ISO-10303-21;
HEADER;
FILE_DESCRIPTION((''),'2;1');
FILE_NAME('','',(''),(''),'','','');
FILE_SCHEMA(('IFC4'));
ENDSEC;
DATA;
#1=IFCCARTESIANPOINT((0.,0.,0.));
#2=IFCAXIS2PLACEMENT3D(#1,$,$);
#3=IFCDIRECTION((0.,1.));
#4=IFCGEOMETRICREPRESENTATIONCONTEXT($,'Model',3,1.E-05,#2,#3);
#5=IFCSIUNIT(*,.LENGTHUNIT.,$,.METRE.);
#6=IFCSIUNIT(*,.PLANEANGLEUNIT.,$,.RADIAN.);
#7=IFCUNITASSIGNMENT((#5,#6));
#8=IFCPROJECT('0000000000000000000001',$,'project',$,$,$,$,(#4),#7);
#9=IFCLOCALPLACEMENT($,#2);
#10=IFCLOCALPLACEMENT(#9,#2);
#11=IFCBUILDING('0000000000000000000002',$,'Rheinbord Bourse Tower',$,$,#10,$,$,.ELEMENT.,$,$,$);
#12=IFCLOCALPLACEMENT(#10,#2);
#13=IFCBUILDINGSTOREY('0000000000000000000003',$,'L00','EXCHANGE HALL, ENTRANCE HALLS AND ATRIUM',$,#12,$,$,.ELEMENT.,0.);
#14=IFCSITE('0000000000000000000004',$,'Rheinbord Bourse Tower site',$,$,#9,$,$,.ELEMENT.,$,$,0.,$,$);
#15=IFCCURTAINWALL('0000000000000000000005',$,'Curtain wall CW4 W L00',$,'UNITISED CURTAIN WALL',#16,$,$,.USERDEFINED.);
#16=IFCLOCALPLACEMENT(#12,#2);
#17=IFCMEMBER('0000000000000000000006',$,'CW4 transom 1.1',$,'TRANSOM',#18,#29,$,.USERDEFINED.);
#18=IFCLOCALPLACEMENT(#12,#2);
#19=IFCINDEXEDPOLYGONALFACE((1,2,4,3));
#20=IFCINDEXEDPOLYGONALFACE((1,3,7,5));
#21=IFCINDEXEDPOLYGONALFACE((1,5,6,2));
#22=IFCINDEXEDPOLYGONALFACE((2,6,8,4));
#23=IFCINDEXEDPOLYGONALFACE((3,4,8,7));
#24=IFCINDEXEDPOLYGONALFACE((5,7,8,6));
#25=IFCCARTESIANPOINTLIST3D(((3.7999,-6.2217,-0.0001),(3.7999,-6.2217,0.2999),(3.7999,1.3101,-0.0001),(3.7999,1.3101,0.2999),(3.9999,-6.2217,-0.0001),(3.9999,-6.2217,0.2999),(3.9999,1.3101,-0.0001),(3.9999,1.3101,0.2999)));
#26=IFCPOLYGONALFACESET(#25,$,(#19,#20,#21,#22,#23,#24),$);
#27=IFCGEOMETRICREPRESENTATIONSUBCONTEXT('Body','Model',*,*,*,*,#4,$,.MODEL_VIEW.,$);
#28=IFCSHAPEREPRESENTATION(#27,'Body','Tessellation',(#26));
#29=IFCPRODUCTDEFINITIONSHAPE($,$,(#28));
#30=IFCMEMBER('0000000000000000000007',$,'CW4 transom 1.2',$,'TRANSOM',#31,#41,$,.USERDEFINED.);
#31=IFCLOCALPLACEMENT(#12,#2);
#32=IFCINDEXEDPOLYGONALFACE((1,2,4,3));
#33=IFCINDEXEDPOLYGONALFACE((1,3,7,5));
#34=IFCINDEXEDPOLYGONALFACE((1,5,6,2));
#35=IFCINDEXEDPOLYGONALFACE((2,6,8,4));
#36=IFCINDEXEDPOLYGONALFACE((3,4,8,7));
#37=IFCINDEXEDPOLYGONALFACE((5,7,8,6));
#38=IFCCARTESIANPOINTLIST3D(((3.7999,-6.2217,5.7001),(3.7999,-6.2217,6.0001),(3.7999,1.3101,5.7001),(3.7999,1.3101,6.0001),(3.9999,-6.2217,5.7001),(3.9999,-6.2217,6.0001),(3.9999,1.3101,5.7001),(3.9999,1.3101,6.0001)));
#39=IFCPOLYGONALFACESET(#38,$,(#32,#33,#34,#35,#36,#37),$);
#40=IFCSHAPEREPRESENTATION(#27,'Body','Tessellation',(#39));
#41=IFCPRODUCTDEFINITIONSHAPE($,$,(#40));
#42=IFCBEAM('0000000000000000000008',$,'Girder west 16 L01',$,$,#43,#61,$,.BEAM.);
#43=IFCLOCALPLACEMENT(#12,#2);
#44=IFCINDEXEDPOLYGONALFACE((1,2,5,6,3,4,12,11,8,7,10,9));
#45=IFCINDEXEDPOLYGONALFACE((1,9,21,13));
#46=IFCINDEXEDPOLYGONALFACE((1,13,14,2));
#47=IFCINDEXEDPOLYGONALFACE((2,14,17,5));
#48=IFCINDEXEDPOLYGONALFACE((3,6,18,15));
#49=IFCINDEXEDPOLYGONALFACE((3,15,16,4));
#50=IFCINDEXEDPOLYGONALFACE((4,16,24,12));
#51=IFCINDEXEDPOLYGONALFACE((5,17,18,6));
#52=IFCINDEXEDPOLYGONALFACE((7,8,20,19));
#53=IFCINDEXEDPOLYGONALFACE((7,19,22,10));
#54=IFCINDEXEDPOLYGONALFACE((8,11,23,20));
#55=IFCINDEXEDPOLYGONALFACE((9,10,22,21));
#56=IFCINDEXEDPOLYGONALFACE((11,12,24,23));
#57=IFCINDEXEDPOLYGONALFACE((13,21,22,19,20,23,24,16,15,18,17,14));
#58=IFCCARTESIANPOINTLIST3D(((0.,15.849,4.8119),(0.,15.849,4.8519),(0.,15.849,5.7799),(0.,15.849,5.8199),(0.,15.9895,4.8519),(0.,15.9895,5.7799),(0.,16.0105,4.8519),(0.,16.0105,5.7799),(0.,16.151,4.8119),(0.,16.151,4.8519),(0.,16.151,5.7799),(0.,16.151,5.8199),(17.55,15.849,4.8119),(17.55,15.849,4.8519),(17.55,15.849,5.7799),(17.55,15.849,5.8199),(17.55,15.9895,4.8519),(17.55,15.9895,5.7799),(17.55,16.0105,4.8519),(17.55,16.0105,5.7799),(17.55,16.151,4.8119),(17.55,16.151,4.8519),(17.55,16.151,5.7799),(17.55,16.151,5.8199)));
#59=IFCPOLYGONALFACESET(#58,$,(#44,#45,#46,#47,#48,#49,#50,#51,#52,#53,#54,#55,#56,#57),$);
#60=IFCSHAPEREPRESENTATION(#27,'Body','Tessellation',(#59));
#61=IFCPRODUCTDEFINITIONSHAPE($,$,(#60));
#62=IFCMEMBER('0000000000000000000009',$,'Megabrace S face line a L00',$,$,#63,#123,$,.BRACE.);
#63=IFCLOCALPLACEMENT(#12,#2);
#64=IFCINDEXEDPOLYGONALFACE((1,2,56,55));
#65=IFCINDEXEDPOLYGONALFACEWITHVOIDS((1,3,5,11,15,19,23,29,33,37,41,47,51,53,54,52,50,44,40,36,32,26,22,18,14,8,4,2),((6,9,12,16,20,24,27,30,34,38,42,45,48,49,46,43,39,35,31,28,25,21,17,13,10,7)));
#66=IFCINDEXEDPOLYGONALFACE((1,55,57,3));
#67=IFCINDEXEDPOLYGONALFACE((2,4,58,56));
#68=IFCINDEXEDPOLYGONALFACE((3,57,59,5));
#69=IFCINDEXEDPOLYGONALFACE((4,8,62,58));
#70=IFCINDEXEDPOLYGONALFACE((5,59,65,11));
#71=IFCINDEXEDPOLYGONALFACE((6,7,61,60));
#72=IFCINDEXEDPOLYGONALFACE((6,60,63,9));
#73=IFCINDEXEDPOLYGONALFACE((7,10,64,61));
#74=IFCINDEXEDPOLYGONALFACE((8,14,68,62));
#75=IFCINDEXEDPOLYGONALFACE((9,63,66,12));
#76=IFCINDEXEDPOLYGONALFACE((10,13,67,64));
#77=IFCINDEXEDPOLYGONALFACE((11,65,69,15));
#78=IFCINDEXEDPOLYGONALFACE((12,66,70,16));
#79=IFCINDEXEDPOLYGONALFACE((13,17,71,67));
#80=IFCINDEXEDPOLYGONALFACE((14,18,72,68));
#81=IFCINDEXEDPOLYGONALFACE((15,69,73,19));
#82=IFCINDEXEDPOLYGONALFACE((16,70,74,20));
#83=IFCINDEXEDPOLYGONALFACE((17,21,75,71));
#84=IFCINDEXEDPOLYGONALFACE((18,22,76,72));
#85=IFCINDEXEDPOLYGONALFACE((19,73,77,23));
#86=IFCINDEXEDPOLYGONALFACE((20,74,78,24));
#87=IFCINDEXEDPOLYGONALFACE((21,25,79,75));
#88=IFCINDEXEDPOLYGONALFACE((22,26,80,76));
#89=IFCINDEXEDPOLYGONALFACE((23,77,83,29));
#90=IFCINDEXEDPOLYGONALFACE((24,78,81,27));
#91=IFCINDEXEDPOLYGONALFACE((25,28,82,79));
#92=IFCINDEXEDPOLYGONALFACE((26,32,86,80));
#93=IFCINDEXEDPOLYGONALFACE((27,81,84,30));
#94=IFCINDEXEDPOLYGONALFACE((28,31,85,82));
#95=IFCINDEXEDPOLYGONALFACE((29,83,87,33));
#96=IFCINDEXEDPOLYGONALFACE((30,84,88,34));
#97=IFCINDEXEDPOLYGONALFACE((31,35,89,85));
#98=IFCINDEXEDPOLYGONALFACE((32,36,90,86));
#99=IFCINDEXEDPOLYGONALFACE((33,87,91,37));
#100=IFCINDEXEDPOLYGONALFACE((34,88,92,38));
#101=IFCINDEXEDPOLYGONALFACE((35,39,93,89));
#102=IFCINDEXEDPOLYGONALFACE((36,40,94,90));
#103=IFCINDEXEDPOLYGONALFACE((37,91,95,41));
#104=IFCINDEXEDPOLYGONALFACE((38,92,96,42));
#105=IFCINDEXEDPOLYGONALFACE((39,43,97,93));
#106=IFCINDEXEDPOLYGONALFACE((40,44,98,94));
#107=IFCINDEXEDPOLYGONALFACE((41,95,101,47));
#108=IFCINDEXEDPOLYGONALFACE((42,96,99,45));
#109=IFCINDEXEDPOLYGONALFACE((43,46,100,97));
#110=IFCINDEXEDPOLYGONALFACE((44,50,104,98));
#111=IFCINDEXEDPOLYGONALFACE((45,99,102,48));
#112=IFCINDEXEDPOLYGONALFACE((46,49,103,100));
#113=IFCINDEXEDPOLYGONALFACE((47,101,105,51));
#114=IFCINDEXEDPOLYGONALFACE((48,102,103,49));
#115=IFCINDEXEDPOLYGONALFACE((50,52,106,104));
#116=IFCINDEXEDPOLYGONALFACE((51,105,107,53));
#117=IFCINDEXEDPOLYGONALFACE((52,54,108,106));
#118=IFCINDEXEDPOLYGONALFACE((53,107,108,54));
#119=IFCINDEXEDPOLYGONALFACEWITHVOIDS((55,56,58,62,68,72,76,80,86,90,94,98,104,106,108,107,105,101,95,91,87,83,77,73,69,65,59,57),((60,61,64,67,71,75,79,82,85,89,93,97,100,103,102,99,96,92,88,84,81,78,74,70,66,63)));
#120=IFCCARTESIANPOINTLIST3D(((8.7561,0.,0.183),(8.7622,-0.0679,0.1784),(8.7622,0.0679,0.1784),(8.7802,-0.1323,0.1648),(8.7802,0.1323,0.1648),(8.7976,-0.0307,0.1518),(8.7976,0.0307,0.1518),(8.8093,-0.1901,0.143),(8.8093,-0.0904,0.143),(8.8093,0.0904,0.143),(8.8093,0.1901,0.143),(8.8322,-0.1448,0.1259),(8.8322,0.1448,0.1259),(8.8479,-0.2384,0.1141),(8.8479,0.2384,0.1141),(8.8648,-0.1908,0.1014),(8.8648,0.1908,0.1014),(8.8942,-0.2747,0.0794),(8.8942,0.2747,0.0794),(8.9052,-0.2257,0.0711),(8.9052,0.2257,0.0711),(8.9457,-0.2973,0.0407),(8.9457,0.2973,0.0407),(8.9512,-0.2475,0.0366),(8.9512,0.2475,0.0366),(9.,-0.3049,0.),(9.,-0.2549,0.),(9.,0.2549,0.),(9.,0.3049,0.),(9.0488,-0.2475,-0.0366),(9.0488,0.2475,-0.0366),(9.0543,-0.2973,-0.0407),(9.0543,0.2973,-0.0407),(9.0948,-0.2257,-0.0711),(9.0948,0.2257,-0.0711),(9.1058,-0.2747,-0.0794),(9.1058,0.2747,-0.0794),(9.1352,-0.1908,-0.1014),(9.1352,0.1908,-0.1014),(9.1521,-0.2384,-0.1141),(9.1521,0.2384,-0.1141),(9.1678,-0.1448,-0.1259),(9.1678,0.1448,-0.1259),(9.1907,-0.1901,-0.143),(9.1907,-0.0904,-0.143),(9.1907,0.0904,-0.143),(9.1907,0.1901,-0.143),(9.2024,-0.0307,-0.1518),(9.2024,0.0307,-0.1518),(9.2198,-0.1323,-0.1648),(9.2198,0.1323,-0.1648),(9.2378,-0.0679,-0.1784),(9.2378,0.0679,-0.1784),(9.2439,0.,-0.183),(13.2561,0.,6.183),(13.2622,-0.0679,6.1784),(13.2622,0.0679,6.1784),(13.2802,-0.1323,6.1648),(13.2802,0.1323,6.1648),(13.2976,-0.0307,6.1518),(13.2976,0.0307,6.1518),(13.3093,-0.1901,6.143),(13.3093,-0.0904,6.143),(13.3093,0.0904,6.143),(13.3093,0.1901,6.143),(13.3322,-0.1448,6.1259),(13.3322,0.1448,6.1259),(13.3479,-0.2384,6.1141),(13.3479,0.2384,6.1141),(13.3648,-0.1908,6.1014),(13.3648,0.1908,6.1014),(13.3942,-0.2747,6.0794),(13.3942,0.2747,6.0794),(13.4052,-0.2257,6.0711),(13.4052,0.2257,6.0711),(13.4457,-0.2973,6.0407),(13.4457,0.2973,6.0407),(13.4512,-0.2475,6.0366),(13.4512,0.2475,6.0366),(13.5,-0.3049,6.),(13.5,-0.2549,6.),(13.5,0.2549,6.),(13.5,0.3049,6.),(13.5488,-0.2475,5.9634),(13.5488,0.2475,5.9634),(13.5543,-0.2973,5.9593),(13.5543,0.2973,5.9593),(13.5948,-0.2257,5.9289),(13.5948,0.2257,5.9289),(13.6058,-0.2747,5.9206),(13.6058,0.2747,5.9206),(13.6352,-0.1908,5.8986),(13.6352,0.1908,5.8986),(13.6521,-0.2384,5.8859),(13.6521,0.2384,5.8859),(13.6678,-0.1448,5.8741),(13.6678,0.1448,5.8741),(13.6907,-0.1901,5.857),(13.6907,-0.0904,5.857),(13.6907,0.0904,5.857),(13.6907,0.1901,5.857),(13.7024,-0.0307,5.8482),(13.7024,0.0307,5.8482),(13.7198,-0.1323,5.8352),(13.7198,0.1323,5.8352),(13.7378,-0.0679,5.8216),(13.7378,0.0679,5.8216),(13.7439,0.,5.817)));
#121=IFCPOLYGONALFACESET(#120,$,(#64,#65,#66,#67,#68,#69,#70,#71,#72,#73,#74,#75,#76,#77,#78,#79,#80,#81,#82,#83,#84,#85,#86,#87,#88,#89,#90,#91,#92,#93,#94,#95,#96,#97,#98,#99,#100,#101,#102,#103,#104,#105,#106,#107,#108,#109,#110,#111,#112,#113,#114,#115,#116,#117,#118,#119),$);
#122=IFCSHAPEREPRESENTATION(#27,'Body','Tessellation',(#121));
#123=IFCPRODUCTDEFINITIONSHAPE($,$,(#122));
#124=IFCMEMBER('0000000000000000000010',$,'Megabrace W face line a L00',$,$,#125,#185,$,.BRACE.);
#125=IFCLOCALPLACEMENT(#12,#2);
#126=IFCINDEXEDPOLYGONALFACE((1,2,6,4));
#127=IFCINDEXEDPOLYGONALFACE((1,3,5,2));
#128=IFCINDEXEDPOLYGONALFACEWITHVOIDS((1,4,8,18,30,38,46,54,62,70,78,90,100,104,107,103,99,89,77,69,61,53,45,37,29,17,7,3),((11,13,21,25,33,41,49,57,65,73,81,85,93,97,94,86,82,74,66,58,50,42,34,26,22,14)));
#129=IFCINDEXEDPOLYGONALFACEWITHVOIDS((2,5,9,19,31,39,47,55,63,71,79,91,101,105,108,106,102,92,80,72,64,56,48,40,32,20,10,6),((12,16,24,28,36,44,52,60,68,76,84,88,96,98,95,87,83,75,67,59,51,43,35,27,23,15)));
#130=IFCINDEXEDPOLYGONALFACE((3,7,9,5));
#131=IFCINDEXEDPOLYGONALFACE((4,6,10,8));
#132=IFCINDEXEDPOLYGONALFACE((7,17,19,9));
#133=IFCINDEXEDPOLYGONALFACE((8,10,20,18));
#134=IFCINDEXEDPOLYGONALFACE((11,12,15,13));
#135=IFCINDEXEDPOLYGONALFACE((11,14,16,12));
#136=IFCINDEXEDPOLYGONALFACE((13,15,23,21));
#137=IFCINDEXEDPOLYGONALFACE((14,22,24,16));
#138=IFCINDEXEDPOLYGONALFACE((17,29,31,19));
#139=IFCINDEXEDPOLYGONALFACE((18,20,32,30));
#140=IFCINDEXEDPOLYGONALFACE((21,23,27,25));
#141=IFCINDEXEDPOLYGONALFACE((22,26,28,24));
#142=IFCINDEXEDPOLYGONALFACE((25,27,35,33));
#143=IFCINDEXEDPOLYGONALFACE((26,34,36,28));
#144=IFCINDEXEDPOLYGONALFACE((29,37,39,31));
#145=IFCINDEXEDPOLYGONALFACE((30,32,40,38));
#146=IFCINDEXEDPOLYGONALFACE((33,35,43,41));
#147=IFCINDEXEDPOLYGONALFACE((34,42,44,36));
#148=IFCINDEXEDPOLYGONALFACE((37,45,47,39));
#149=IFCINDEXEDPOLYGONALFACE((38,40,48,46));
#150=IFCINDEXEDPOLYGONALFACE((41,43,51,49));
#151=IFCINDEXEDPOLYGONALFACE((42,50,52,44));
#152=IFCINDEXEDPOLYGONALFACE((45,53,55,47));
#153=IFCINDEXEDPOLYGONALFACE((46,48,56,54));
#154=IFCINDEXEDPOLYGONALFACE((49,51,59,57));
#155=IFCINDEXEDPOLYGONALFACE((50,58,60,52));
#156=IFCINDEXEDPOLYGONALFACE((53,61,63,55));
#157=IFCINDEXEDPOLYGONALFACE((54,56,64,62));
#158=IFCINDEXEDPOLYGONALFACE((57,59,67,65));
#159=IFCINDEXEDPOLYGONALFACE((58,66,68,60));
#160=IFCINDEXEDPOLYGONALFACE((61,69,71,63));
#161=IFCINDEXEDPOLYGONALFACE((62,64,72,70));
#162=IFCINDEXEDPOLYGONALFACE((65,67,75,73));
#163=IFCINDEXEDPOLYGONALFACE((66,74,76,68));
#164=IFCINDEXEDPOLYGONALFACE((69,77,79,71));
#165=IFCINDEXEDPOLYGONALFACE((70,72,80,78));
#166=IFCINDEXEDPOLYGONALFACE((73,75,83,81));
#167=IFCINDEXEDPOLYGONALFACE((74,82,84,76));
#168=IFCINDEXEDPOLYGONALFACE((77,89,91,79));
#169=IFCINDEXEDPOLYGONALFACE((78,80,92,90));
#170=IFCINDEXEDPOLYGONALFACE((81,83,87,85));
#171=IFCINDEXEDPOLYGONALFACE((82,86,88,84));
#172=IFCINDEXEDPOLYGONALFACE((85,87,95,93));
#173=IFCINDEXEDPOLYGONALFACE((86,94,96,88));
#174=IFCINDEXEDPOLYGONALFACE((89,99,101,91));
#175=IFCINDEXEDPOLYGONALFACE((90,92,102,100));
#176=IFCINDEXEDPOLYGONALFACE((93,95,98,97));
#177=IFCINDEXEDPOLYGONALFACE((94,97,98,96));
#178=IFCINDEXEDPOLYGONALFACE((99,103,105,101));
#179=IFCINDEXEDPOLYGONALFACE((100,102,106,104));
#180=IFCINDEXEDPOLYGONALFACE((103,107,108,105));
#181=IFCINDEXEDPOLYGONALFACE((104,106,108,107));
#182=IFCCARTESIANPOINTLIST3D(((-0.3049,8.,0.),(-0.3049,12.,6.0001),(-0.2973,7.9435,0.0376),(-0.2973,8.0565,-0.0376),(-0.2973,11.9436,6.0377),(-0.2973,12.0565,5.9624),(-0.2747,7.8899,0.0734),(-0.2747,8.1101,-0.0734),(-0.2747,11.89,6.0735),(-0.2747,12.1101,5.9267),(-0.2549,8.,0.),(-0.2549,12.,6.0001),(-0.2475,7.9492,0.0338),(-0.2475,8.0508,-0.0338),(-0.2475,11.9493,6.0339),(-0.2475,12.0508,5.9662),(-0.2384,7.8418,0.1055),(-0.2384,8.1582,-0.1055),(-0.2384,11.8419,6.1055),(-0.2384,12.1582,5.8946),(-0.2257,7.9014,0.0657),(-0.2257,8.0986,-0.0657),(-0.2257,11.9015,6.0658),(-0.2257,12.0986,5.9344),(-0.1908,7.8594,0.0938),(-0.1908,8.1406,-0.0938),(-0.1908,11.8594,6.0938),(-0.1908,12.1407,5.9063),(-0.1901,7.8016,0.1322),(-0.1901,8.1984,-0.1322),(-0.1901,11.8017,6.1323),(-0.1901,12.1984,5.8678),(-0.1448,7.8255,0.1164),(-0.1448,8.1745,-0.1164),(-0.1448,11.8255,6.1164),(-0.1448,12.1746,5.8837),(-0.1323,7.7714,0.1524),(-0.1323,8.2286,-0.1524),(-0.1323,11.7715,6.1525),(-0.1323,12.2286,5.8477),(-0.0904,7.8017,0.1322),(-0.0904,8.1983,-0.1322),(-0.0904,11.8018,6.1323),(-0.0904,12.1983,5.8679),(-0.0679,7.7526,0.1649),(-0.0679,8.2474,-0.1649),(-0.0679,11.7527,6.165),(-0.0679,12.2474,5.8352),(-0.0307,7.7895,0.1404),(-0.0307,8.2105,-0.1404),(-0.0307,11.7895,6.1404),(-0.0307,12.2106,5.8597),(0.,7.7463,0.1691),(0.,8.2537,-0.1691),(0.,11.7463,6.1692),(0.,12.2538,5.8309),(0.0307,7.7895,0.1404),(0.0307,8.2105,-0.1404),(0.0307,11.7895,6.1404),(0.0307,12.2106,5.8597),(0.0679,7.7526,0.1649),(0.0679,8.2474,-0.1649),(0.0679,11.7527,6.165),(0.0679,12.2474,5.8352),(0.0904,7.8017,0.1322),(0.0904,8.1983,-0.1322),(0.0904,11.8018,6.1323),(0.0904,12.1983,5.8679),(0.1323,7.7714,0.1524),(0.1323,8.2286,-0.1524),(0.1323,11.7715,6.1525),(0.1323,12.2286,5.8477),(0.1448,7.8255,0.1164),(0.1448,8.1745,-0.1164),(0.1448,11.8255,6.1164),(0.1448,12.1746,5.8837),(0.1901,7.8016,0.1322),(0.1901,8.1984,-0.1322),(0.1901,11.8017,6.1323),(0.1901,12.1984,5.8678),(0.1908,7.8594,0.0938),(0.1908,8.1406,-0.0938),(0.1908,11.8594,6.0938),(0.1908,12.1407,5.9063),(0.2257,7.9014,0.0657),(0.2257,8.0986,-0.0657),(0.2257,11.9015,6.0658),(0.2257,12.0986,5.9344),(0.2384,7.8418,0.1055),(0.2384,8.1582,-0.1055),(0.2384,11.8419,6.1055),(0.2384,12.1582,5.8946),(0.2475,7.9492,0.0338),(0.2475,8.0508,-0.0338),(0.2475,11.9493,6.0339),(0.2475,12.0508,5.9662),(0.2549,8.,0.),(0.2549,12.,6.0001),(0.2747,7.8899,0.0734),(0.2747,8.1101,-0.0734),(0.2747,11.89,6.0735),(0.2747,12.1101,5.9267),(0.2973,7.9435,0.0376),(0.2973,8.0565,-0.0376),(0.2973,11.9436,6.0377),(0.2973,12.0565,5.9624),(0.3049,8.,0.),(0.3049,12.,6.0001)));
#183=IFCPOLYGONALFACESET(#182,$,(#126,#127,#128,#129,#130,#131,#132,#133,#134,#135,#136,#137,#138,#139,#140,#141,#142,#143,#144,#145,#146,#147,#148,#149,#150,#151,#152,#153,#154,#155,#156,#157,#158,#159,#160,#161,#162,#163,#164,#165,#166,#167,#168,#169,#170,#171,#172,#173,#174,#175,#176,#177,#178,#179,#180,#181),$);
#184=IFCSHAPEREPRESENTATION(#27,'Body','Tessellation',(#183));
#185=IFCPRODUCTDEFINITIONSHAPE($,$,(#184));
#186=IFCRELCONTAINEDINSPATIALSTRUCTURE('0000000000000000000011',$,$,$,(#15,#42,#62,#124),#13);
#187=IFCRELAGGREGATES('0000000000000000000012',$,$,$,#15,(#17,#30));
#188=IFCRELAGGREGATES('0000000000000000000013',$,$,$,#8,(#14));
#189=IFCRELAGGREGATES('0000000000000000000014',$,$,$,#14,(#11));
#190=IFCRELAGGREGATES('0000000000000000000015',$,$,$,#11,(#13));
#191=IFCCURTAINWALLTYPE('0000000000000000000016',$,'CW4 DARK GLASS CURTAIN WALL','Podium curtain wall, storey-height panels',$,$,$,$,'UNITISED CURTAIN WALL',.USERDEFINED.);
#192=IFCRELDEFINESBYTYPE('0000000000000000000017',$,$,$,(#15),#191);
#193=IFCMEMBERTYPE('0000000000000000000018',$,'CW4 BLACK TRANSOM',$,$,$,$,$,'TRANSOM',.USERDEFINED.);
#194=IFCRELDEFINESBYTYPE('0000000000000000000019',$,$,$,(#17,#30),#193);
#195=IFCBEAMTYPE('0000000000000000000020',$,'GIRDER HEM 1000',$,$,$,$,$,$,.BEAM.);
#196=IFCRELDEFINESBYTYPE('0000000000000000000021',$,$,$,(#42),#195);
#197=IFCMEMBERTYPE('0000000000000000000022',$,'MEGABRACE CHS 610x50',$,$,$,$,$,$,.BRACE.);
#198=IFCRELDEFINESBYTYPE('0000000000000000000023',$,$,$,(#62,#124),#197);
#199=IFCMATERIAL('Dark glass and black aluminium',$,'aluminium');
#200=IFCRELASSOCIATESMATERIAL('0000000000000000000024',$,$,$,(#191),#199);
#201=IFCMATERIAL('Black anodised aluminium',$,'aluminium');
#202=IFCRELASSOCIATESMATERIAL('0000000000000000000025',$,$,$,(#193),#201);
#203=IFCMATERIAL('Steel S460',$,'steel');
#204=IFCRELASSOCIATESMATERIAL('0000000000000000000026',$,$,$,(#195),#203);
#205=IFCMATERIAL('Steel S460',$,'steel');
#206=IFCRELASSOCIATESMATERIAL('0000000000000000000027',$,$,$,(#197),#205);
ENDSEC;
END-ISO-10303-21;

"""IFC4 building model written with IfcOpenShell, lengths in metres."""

from ifc_helpers import new_model, si_unit, direction, frame, origin, origin_2d, place, context, subcontext, project, spatial, rectangle, hollow_circle, i_section, extrude, material, material_profile, profile_set, type_object, element, aggregate, save


model = new_model("IFC4")

# Units and contexts
model_context = context("Model", 3, precision=1e-05, world=origin(), true_north=direction((0.0, 1.0)))
body_context = subcontext(model_context, "Body", "Model", "MODEL_VIEW")
ifc_project = project(units=[si_unit("LENGTHUNIT", "METRE"), si_unit("PLANEANGLEUNIT", "RADIAN")], contexts=[model_context])

# Site, building, storey
site_placement = place(None, origin())
site = spatial("IfcSite", under=ifc_project, at=site_placement, Name="Rheinbord Bourse Tower site", CompositionType="ELEMENT", RefElevation=0.0)
building_placement = place(site_placement, origin())
building = spatial("IfcBuilding", under=site, at=building_placement, Name="Rheinbord Bourse Tower", CompositionType="ELEMENT")
storey_placement = place(building_placement, origin())
storey = spatial("IfcBuildingStorey", under=building, at=storey_placement, Name="L00", Description="EXCHANGE HALL, ENTRANCE HALLS AND ATRIUM", CompositionType="ELEMENT", Elevation=0.0)

# Shared definitions
ifc_material_1 = material(Name="Dark glass and black aluminium", Category="aluminium")
curtain_wall_type = type_object("IfcCurtainWallType", Name="CW4 DARK GLASS CURTAIN WALL", Description="Podium curtain wall, storey-height panels", ElementType="UNITISED CURTAIN WALL", PredefinedType="USERDEFINED", material=ifc_material_1)

# Curtain wall
curtain_wall_1_placement = place(storey_placement, origin())
curtain_wall_1 = element("IfcCurtainWall", 1, at=curtain_wall_1_placement, inside=storey, type_object=curtain_wall_type, Name="Curtain wall CW4 W L00", ObjectType="UNITISED CURTAIN WALL", PredefinedType="USERDEFINED")

# Members
ifc_material_2 = material(Name="Black anodised aluminium", Category="aluminium")
ifc_material_profile_1 = material_profile(ifc_material_2, rectangle(XDim=0.2, YDim=0.3, at=origin_2d()), Name="CW4 TRANSOM 300x200")
ifc_profile_set_1 = profile_set([ifc_material_profile_1], Name="Black anodised aluminium")
member_type_1 = type_object("IfcMemberType", Name="CW4 BLACK TRANSOM", ElementType="TRANSOM", PredefinedType="USERDEFINED", material=ifc_profile_set_1)
member_1_placement = place(storey_placement, frame((3.8999, 1.3101, 0.1499), z_axis=(0.0, -1.0, 0.0), x_axis=(1.0, 0.0, 0.0)))
member_1 = element("IfcMember", 2, at=member_1_placement, type_object=member_type_1, Name="CW4 transom 1.1", ObjectType="TRANSOM", PredefinedType="USERDEFINED", context=body_context, shape_type="SweptSolid", body=[
    extrude(rectangle(XDim=0.2, YDim=0.3, at=origin_2d()), origin(), (0.0, 0.0, 1.0), 7.5317),
])
member_2_placement = place(storey_placement, frame((3.8999, 1.3101, 5.8501), z_axis=(0.0, -1.0, 0.0), x_axis=(1.0, 0.0, 0.0)))
member_2 = element("IfcMember", 3, at=member_2_placement, type_object=member_type_1, Name="CW4 transom 1.2", ObjectType="TRANSOM", PredefinedType="USERDEFINED", context=body_context, shape_type="SweptSolid", body=[
    extrude(rectangle(XDim=0.2, YDim=0.3, at=origin_2d()), origin(), (0.0, 0.0, 1.0), 7.5317),
])
aggregate(curtain_wall_1, [member_1, member_2])

# Beam
ifc_material_3 = material(Name="Steel S460", Category="steel")
ifc_material_profile_2 = material_profile(ifc_material_3, i_section(OverallWidth=0.302, OverallDepth=1.0081, WebThickness=0.021, FlangeThickness=0.04, at=origin_2d()), Name="HEM 1000")
ifc_profile_set_2 = profile_set([ifc_material_profile_2], Name="Steel S460")
beam_type_1 = type_object("IfcBeamType", Name="GIRDER HEM 1000", PredefinedType="BEAM", material=ifc_profile_set_2)
beam_1_placement = place(storey_placement, frame((0.0, 16.0, 5.3159), z_axis=(1.0, 0.0, 0.0), x_axis=(0.0, 1.0, 0.0)))
element("IfcBeam", 4, at=beam_1_placement, inside=storey, type_object=beam_type_1, Name="Girder west 16 L01", PredefinedType="BEAM", context=body_context, shape_type="SweptSolid", body=[
    extrude(i_section(OverallWidth=0.302, OverallDepth=1.0081, WebThickness=0.021, FlangeThickness=0.04, at=origin_2d()), origin(), (0.0, 0.0, 1.0), 17.55),
])

# Members
ifc_material_4 = material(Name="Steel S460", Category="steel")
ifc_material_profile_3 = material_profile(ifc_material_4, hollow_circle(Radius=0.3049, WallThickness=0.05, at=origin_2d()), Name="CHS 610x50")
ifc_profile_set_3 = profile_set([ifc_material_profile_3], Name="Steel S460")
member_type_2 = type_object("IfcMemberType", Name="MEGABRACE CHS 610x50", PredefinedType="BRACE", material=ifc_profile_set_3)
member_3_placement = place(storey_placement, frame((9.0, 0.0, 0.0), z_axis=(0.6, 0.0, 0.8), x_axis=(0.0, 1.0, 0.0)))
element("IfcMember", 5, at=member_3_placement, inside=storey, type_object=member_type_2, Name="Megabrace S face line a L00", PredefinedType="BRACE", context=body_context, shape_type="SweptSolid", body=[
    extrude(hollow_circle(Radius=0.3049, WallThickness=0.05, at=origin_2d()), origin(), (0.0, 0.0, 1.0), 7.5),
])
member_4_placement = place(storey_placement, frame((0.0, 8.0, 0.0), z_axis=(0.0, 0.5547, 0.83205), x_axis=(-1.0, 0.0, 0.0)))
element("IfcMember", 6, at=member_4_placement, inside=storey, type_object=member_type_2, Name="Megabrace W face line a L00", PredefinedType="BRACE", context=body_context, shape_type="SweptSolid", body=[
    extrude(hollow_circle(Radius=0.3049, WallThickness=0.05, at=origin_2d()), origin(), (0.0, 0.0, 1.0), 7.2112),
])

save(model, "model.ifc")
